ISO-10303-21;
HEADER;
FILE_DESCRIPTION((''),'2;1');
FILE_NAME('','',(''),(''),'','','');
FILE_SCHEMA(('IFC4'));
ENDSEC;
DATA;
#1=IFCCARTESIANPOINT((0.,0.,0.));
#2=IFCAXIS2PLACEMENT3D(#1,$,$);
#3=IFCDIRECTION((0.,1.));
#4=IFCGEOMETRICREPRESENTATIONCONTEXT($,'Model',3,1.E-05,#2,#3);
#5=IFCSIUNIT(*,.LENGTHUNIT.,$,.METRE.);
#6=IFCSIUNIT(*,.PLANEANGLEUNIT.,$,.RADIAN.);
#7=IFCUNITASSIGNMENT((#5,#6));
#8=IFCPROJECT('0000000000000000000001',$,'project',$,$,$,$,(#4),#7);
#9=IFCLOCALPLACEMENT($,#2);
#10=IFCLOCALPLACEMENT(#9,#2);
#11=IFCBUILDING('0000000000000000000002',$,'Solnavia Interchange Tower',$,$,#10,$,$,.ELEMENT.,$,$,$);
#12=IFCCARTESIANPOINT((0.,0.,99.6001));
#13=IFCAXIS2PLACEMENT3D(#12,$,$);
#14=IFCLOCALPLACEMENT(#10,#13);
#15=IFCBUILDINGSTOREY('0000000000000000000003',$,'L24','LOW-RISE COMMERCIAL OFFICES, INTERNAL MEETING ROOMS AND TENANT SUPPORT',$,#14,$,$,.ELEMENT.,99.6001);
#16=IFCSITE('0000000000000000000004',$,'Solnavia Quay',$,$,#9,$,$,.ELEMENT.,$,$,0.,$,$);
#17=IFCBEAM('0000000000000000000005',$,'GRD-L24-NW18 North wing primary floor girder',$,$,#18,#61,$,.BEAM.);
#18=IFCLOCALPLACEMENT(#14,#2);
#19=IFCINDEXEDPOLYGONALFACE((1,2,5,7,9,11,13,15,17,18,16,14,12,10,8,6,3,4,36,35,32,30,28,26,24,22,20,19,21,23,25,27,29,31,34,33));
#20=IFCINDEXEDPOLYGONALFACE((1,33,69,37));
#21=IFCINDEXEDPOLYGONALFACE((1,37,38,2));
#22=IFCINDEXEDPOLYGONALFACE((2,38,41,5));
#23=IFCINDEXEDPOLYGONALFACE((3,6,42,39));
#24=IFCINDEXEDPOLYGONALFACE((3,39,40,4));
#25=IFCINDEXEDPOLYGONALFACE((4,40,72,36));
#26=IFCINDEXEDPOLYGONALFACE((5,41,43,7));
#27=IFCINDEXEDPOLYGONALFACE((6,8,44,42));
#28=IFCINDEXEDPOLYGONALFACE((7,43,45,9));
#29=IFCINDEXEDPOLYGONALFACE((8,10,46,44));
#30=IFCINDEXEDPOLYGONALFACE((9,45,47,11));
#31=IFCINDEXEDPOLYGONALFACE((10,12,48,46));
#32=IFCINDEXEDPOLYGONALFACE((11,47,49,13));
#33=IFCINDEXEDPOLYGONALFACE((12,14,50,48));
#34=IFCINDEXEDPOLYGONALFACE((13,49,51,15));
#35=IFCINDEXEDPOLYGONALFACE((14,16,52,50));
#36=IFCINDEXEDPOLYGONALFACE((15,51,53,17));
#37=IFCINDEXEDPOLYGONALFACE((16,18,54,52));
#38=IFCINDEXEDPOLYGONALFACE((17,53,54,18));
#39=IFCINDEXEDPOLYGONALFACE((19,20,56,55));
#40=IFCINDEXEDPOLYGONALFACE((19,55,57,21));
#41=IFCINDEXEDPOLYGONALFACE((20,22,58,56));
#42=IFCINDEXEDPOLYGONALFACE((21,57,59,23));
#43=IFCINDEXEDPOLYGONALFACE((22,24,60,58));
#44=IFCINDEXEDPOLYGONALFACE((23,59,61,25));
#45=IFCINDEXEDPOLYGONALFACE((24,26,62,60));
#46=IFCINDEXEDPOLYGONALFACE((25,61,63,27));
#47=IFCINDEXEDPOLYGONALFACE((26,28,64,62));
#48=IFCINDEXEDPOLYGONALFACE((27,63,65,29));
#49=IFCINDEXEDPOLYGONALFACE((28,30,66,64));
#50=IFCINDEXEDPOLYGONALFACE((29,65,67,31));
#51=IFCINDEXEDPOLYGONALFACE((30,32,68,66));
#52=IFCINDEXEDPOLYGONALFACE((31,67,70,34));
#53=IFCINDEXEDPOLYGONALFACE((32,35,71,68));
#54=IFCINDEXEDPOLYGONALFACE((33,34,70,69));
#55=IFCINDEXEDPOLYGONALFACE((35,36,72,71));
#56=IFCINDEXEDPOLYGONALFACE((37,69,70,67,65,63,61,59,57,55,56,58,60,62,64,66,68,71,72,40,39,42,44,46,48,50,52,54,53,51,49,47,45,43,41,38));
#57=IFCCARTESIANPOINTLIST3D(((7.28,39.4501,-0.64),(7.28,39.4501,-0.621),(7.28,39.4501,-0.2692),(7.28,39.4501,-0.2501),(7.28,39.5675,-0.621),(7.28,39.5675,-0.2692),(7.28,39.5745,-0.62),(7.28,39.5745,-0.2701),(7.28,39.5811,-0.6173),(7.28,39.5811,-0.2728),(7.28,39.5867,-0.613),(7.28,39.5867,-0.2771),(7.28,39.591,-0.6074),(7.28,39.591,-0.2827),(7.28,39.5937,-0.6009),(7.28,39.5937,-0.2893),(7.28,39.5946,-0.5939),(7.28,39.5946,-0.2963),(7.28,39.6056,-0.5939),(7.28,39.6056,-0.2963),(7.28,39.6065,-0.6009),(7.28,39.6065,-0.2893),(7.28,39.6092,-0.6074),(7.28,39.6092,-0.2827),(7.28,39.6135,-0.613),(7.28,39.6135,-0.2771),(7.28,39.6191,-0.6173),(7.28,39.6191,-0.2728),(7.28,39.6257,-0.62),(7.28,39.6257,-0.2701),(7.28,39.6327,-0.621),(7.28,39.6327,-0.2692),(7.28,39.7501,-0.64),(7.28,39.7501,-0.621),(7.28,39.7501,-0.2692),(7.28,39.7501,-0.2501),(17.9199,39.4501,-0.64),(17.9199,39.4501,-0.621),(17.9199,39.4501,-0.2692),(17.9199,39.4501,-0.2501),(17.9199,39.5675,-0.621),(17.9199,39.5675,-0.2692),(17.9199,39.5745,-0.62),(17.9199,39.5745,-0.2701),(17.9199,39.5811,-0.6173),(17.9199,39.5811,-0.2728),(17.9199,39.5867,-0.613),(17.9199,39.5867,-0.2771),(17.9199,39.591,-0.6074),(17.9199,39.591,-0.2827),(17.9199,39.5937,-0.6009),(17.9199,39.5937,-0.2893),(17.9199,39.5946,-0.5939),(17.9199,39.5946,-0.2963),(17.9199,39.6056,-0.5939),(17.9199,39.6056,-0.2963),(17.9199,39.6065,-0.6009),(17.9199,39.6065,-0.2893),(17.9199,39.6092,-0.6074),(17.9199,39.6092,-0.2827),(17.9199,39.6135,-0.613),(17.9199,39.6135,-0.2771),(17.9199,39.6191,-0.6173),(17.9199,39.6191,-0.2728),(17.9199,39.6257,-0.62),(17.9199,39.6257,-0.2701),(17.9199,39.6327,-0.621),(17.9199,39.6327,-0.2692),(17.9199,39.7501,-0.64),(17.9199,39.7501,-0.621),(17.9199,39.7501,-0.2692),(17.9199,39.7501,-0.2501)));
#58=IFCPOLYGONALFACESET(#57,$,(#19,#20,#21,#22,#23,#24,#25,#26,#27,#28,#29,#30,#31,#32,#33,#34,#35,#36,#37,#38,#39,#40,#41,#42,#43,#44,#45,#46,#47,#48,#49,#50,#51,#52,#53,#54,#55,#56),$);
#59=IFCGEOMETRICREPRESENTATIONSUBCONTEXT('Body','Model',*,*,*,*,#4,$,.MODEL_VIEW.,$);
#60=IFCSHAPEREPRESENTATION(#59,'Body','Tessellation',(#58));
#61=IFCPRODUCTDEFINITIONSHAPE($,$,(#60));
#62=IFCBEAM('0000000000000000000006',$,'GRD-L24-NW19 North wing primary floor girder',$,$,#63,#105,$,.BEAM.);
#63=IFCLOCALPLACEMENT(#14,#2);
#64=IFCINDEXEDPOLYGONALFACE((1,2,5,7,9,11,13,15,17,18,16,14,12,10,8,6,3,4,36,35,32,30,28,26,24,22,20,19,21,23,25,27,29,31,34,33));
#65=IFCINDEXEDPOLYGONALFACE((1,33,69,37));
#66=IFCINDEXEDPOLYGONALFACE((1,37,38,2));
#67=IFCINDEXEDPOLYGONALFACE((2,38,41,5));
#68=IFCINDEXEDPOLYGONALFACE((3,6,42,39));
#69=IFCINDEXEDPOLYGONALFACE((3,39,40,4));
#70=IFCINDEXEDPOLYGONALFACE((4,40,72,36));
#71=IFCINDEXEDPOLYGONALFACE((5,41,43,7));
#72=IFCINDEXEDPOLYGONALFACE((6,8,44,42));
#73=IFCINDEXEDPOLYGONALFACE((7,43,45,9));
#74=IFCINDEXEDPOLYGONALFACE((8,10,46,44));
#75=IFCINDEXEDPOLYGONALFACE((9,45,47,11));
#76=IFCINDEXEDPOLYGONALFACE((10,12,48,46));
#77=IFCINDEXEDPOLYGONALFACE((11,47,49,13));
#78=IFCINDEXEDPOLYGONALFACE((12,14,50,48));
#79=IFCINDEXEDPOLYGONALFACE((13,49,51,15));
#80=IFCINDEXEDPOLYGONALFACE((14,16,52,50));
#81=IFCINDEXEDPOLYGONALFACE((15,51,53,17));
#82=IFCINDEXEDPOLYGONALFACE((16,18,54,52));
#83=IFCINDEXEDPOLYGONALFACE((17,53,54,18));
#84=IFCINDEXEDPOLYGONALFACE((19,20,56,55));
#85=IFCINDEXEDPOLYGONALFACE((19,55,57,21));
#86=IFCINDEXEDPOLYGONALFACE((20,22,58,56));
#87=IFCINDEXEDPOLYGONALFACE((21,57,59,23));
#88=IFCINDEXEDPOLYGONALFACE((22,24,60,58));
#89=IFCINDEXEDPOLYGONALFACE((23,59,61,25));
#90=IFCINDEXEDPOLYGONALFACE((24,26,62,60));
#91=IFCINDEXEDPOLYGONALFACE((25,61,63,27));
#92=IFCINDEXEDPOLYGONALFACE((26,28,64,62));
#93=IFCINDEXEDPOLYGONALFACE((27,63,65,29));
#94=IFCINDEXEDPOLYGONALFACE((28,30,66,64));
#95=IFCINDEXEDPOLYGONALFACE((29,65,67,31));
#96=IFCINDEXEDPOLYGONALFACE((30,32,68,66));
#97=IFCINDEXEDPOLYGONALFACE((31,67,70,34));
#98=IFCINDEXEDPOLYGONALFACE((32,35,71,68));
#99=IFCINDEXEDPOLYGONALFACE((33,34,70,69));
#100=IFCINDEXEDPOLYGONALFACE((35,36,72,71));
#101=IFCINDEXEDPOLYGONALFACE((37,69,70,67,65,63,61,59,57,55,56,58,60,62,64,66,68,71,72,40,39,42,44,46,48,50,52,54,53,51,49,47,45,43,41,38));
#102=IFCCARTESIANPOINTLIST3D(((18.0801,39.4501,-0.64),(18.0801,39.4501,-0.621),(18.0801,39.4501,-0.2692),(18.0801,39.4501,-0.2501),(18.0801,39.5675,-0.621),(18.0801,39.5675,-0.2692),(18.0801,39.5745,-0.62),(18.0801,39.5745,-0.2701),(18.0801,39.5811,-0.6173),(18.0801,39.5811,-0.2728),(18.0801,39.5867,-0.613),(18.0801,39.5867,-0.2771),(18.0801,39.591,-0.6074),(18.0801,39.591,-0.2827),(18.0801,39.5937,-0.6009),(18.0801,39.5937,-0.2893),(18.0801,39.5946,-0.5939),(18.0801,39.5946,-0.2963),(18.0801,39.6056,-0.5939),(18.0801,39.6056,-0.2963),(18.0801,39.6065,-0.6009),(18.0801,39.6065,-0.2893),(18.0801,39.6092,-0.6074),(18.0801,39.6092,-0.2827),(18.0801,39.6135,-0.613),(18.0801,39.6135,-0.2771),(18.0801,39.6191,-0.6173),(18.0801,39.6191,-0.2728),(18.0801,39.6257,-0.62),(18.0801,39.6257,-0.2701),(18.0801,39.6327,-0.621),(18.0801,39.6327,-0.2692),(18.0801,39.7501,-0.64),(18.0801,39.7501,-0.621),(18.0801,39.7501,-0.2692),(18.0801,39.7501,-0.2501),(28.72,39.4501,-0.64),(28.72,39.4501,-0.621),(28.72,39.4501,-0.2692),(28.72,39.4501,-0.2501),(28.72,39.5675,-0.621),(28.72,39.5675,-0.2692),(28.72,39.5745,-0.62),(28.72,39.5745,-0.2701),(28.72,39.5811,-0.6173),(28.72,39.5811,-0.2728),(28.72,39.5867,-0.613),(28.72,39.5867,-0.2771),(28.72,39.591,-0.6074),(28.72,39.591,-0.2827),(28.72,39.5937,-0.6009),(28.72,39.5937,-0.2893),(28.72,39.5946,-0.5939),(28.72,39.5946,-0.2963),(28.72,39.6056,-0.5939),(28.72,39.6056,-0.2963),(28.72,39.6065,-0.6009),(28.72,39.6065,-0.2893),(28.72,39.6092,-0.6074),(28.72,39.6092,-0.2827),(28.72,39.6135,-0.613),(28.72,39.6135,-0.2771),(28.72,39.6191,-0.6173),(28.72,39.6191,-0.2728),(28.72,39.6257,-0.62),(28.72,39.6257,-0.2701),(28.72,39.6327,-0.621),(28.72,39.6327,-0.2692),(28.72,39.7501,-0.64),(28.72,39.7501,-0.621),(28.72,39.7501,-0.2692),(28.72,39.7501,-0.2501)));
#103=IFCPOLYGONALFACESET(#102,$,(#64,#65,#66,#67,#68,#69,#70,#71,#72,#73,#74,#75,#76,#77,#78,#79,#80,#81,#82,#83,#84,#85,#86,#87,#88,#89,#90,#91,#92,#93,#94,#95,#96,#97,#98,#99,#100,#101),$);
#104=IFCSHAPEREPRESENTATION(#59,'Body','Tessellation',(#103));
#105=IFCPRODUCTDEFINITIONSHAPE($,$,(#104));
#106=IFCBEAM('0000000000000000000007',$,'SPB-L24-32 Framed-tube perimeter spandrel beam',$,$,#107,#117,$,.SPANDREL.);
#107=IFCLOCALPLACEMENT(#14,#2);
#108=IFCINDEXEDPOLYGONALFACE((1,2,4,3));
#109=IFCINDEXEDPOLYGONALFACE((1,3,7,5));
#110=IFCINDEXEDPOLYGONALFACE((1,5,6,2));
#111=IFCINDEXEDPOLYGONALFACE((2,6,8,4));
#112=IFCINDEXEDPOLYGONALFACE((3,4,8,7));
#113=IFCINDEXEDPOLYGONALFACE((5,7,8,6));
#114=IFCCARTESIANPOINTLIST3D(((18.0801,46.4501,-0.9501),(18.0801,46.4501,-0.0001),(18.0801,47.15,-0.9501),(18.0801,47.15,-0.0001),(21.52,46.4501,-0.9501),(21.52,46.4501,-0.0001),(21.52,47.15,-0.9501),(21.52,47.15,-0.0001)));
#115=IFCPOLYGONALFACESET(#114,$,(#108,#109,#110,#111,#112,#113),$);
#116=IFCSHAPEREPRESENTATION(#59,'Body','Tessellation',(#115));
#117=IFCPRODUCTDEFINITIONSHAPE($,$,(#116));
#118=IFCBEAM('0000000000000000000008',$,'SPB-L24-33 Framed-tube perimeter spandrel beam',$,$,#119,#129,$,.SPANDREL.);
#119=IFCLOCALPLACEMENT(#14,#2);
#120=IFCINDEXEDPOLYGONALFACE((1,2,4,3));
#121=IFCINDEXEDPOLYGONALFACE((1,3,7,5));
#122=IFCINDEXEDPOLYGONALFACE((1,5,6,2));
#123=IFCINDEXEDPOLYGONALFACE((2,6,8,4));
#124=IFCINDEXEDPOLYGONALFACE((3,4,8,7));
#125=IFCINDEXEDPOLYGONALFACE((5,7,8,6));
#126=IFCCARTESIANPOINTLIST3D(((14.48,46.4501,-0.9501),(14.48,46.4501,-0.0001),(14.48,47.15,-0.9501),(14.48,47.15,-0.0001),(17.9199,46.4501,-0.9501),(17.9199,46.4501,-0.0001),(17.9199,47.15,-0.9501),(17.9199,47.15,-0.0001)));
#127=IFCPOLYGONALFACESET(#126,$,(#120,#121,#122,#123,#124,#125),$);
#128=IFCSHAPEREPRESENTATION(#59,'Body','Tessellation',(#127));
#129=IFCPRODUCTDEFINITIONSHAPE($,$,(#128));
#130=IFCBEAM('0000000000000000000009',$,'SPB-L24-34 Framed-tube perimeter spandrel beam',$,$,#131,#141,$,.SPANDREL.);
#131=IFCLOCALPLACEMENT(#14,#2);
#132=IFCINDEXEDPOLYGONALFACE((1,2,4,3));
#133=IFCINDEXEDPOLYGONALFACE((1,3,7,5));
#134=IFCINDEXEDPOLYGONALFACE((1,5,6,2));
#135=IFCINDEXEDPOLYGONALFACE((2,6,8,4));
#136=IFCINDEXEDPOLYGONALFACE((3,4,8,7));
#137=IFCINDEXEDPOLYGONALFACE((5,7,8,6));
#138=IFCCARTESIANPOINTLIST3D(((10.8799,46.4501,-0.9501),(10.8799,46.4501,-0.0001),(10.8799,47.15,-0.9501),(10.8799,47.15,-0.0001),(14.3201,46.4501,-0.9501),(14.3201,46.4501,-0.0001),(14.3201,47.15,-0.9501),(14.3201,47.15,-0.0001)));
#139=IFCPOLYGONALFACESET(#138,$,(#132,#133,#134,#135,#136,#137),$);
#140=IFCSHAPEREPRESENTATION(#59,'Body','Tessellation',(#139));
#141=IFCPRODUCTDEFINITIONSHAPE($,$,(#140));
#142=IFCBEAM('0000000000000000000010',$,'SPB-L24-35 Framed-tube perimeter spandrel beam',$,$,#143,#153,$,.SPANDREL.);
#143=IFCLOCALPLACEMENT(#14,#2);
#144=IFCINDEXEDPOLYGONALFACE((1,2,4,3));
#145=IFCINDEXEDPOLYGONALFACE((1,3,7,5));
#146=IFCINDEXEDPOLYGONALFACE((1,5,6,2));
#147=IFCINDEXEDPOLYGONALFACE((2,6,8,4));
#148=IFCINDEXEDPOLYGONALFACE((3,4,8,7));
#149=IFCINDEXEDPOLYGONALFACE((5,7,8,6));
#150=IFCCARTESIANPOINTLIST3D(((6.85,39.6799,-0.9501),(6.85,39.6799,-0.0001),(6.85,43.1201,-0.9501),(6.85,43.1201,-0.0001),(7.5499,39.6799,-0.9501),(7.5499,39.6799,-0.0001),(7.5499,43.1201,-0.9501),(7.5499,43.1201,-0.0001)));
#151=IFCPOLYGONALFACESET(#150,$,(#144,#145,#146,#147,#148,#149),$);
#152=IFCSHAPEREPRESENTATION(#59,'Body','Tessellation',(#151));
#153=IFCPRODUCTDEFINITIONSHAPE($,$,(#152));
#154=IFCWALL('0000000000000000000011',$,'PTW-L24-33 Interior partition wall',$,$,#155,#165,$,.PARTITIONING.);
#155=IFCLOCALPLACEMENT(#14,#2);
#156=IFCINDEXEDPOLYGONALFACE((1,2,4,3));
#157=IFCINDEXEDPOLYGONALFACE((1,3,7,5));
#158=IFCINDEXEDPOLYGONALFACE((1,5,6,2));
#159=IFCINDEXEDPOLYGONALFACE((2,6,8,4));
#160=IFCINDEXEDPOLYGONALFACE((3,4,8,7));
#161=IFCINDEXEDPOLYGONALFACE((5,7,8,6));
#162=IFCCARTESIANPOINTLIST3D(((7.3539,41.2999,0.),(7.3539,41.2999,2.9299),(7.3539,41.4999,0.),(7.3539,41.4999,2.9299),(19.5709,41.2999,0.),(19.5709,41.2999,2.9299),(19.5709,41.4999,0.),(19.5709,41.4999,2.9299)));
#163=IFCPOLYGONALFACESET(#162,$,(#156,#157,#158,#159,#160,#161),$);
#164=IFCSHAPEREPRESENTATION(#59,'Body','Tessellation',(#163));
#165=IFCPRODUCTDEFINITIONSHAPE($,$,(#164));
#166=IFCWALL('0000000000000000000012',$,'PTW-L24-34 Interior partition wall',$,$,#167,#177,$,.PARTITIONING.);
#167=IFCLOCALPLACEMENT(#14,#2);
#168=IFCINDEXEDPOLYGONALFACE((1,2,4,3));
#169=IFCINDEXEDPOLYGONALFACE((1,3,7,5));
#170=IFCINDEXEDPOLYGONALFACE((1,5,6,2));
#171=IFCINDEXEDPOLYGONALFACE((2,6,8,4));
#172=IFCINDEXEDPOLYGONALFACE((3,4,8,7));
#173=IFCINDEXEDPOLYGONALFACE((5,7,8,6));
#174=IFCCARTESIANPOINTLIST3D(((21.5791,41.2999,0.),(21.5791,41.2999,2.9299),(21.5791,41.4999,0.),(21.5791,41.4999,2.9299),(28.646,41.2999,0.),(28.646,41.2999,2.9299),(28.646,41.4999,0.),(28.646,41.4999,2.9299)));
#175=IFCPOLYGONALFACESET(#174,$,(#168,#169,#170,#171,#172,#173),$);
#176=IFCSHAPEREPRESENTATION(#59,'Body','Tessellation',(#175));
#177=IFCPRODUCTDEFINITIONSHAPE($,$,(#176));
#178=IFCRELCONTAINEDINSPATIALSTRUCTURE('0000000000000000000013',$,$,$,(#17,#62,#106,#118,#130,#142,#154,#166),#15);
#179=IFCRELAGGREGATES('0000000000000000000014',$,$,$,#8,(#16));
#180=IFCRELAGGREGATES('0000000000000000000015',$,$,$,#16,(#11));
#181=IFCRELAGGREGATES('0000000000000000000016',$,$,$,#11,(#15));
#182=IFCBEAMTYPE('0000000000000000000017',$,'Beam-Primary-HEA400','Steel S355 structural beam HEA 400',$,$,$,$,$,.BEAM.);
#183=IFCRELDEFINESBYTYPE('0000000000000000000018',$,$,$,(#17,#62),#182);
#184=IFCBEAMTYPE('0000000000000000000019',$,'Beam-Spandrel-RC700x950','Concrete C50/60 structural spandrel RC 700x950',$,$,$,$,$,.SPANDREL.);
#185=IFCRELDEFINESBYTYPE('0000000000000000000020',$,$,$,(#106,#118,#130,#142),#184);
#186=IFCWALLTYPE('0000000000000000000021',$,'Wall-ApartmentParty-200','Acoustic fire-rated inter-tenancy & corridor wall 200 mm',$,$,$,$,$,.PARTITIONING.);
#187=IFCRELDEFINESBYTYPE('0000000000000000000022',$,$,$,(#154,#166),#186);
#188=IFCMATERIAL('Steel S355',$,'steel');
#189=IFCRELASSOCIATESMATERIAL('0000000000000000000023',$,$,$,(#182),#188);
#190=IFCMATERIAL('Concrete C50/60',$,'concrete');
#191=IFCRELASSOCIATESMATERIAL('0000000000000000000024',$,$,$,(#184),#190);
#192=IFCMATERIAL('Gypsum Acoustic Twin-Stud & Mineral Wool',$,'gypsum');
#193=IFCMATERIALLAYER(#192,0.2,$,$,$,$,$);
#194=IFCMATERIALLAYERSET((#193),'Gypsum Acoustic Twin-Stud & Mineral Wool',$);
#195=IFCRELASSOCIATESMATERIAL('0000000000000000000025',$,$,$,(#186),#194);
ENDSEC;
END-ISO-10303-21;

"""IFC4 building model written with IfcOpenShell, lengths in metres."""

from ifc_helpers import new_model, si_unit, direction, frame, frame_2d, origin, origin_2d, place, context, subcontext, project, spatial, rectangle, i_section, extrude, material, layer, layer_set, material_profile, profile_set, type_object, element, save


model = new_model("IFC4")

# Units and contexts
model_context = context("Model", 3, precision=1e-05, world=origin(), true_north=direction((0.0, 1.0)))
body_context = subcontext(model_context, "Body", "Model", "MODEL_VIEW")
ifc_project = project(units=[si_unit("LENGTHUNIT", "METRE"), si_unit("PLANEANGLEUNIT", "RADIAN")], contexts=[model_context])

# Site, building, storey
site_placement = place(None, origin())
site = spatial("IfcSite", under=ifc_project, at=site_placement, Name="Solnavia Quay", CompositionType="ELEMENT", RefElevation=0.0)
building_placement = place(site_placement, origin())
building = spatial("IfcBuilding", under=site, at=building_placement, Name="Solnavia Interchange Tower", CompositionType="ELEMENT")
storey_placement = place(building_placement, frame((0.0, 0.0, 99.6001)))
storey = spatial("IfcBuildingStorey", under=building, at=storey_placement, Name="L24", Description="LOW-RISE COMMERCIAL OFFICES, INTERNAL MEETING ROOMS AND TENANT SUPPORT", CompositionType="ELEMENT", Elevation=99.6001)

# Shared definitions
ifc_material_1 = material(Name="Concrete C50/60", Category="concrete")
ifc_material_2 = material(Name="Steel S355", Category="steel")

# Beams
ifc_material_profile_1 = material_profile(ifc_material_2, i_section(OverallWidth=0.3, OverallDepth=0.3899, WebThickness=0.011, FlangeThickness=0.019, FilletRadius=0.0271, at=origin_2d()), Name="HEA 400")
ifc_profile_set_1 = profile_set([ifc_material_profile_1], Name="Steel S355")
beam_type_1 = type_object("IfcBeamType", Name="Beam-Primary-HEA400", Description="Steel S355 structural beam HEA 400", PredefinedType="BEAM", material=ifc_profile_set_1)
for number, where, z_axis, x_axis, name in (
    (1, (7.28, 39.6001, -0.4451), (1.0, 0.0, 0.0), (0.0, 1.0, 0.0), "GRD-L24-NW18 North wing primary floor girder"),
    (2, (18.0801, 39.6001, -0.4451), (1.0, 0.0, 0.0), (0.0, 1.0, 0.0), "GRD-L24-NW19 North wing primary floor girder"),
):
    element("IfcBeam", number, at=place(storey_placement, frame(where, z_axis=z_axis, x_axis=x_axis)), inside=storey, type_object=beam_type_1, Name=name, PredefinedType="BEAM", context=body_context, shape_type="SweptSolid", body=[
        extrude(i_section(OverallWidth=0.3, OverallDepth=0.3899, WebThickness=0.011, FlangeThickness=0.019, FilletRadius=0.0271, at=origin_2d()), origin(), (0.0, 0.0, 1.0), 10.6399),
    ])
ifc_material_profile_2 = material_profile(ifc_material_1, rectangle(XDim=0.7, YDim=0.95, at=origin_2d()), Name="RC 700x950")
ifc_profile_set_2 = profile_set([ifc_material_profile_2], Name="Concrete C50/60")
beam_type_2 = type_object("IfcBeamType", Name="Beam-Spandrel-RC700x950", Description="Concrete C50/60 structural spandrel RC 700x950", PredefinedType="SPANDREL", material=ifc_profile_set_2)
for number, where, z_axis, x_axis, name in (
    (3, (21.52, 46.8, -0.4751), (-1.0, 0.0, 0.0), (0.0, -1.0, 0.0), "SPB-L24-32 Framed-tube perimeter spandrel beam"),
    (4, (17.9199, 46.8, -0.4751), (-1.0, 0.0, 0.0), (0.0, -1.0, 0.0), "SPB-L24-33 Framed-tube perimeter spandrel beam"),
):
    element("IfcBeam", number, at=place(storey_placement, frame(where, z_axis=z_axis, x_axis=x_axis)), inside=storey, type_object=beam_type_2, Name=name, PredefinedType="SPANDREL", context=body_context, shape_type="SweptSolid", body=[
        extrude(rectangle(XDim=0.7, YDim=0.95, at=origin_2d()), origin(), (0.0, 0.0, 1.0), 3.4399),
    ])
for number, where, z_axis, x_axis, name in (
    (5, (14.3201, 46.8, -0.4751), (-1.0, 0.0, 0.0), (0.0, -1.0, 0.0), "SPB-L24-34 Framed-tube perimeter spandrel beam"),
    (6, (7.2, 43.1201, -0.4751), (0.0, -1.0, 0.0), (1.0, 0.0, 0.0), "SPB-L24-35 Framed-tube perimeter spandrel beam"),
):
    element("IfcBeam", number, at=place(storey_placement, frame(where, z_axis=z_axis, x_axis=x_axis)), inside=storey, type_object=beam_type_2, Name=name, PredefinedType="SPANDREL", context=body_context, shape_type="SweptSolid", body=[
        extrude(rectangle(XDim=0.7, YDim=0.95, at=origin_2d()), origin(), (0.0, 0.0, 1.0), 3.4402),
    ])

# Walls
ifc_material_3 = material(Name="Gypsum Acoustic Twin-Stud & Mineral Wool", Category="gypsum")
ifc_layer_1 = layer(ifc_material_3, 0.2)
ifc_layer_set_1 = layer_set([ifc_layer_1], Name="Gypsum Acoustic Twin-Stud & Mineral Wool")
wall_type_1 = type_object("IfcWallType", Name="Wall-ApartmentParty-200", Description="Acoustic fire-rated inter-tenancy & corridor wall 200 mm", PredefinedType="PARTITIONING", material=ifc_layer_set_1)
wall_1_placement = place(storey_placement, frame((7.354, 41.3999, 0.0), z_axis=(0.0, 0.0, 1.0), x_axis=(1.0, 0.0, 0.0)))
element("IfcWall", 7, at=wall_1_placement, inside=storey, type_object=wall_type_1, Name="PTW-L24-33 Interior partition wall", PredefinedType="PARTITIONING", context=body_context, shape_type="SweptSolid", body=[
    extrude(rectangle(XDim=12.217, YDim=0.2, at=frame_2d((6.1084, 0.0))), origin(), (0.0, 0.0, 1.0), 2.9299),
])
wall_2_placement = place(storey_placement, frame((21.5791, 41.3999, 0.0), z_axis=(0.0, 0.0, 1.0), x_axis=(1.0, 0.0, 0.0)))
element("IfcWall", 8, at=wall_2_placement, inside=storey, type_object=wall_type_1, Name="PTW-L24-34 Interior partition wall", PredefinedType="PARTITIONING", context=body_context, shape_type="SweptSolid", body=[
    extrude(rectangle(XDim=7.0669, YDim=0.2, at=frame_2d((3.5334, 0.0))), origin(), (0.0, 0.0, 1.0), 2.9299),
])

save(model, "model.ifc")
